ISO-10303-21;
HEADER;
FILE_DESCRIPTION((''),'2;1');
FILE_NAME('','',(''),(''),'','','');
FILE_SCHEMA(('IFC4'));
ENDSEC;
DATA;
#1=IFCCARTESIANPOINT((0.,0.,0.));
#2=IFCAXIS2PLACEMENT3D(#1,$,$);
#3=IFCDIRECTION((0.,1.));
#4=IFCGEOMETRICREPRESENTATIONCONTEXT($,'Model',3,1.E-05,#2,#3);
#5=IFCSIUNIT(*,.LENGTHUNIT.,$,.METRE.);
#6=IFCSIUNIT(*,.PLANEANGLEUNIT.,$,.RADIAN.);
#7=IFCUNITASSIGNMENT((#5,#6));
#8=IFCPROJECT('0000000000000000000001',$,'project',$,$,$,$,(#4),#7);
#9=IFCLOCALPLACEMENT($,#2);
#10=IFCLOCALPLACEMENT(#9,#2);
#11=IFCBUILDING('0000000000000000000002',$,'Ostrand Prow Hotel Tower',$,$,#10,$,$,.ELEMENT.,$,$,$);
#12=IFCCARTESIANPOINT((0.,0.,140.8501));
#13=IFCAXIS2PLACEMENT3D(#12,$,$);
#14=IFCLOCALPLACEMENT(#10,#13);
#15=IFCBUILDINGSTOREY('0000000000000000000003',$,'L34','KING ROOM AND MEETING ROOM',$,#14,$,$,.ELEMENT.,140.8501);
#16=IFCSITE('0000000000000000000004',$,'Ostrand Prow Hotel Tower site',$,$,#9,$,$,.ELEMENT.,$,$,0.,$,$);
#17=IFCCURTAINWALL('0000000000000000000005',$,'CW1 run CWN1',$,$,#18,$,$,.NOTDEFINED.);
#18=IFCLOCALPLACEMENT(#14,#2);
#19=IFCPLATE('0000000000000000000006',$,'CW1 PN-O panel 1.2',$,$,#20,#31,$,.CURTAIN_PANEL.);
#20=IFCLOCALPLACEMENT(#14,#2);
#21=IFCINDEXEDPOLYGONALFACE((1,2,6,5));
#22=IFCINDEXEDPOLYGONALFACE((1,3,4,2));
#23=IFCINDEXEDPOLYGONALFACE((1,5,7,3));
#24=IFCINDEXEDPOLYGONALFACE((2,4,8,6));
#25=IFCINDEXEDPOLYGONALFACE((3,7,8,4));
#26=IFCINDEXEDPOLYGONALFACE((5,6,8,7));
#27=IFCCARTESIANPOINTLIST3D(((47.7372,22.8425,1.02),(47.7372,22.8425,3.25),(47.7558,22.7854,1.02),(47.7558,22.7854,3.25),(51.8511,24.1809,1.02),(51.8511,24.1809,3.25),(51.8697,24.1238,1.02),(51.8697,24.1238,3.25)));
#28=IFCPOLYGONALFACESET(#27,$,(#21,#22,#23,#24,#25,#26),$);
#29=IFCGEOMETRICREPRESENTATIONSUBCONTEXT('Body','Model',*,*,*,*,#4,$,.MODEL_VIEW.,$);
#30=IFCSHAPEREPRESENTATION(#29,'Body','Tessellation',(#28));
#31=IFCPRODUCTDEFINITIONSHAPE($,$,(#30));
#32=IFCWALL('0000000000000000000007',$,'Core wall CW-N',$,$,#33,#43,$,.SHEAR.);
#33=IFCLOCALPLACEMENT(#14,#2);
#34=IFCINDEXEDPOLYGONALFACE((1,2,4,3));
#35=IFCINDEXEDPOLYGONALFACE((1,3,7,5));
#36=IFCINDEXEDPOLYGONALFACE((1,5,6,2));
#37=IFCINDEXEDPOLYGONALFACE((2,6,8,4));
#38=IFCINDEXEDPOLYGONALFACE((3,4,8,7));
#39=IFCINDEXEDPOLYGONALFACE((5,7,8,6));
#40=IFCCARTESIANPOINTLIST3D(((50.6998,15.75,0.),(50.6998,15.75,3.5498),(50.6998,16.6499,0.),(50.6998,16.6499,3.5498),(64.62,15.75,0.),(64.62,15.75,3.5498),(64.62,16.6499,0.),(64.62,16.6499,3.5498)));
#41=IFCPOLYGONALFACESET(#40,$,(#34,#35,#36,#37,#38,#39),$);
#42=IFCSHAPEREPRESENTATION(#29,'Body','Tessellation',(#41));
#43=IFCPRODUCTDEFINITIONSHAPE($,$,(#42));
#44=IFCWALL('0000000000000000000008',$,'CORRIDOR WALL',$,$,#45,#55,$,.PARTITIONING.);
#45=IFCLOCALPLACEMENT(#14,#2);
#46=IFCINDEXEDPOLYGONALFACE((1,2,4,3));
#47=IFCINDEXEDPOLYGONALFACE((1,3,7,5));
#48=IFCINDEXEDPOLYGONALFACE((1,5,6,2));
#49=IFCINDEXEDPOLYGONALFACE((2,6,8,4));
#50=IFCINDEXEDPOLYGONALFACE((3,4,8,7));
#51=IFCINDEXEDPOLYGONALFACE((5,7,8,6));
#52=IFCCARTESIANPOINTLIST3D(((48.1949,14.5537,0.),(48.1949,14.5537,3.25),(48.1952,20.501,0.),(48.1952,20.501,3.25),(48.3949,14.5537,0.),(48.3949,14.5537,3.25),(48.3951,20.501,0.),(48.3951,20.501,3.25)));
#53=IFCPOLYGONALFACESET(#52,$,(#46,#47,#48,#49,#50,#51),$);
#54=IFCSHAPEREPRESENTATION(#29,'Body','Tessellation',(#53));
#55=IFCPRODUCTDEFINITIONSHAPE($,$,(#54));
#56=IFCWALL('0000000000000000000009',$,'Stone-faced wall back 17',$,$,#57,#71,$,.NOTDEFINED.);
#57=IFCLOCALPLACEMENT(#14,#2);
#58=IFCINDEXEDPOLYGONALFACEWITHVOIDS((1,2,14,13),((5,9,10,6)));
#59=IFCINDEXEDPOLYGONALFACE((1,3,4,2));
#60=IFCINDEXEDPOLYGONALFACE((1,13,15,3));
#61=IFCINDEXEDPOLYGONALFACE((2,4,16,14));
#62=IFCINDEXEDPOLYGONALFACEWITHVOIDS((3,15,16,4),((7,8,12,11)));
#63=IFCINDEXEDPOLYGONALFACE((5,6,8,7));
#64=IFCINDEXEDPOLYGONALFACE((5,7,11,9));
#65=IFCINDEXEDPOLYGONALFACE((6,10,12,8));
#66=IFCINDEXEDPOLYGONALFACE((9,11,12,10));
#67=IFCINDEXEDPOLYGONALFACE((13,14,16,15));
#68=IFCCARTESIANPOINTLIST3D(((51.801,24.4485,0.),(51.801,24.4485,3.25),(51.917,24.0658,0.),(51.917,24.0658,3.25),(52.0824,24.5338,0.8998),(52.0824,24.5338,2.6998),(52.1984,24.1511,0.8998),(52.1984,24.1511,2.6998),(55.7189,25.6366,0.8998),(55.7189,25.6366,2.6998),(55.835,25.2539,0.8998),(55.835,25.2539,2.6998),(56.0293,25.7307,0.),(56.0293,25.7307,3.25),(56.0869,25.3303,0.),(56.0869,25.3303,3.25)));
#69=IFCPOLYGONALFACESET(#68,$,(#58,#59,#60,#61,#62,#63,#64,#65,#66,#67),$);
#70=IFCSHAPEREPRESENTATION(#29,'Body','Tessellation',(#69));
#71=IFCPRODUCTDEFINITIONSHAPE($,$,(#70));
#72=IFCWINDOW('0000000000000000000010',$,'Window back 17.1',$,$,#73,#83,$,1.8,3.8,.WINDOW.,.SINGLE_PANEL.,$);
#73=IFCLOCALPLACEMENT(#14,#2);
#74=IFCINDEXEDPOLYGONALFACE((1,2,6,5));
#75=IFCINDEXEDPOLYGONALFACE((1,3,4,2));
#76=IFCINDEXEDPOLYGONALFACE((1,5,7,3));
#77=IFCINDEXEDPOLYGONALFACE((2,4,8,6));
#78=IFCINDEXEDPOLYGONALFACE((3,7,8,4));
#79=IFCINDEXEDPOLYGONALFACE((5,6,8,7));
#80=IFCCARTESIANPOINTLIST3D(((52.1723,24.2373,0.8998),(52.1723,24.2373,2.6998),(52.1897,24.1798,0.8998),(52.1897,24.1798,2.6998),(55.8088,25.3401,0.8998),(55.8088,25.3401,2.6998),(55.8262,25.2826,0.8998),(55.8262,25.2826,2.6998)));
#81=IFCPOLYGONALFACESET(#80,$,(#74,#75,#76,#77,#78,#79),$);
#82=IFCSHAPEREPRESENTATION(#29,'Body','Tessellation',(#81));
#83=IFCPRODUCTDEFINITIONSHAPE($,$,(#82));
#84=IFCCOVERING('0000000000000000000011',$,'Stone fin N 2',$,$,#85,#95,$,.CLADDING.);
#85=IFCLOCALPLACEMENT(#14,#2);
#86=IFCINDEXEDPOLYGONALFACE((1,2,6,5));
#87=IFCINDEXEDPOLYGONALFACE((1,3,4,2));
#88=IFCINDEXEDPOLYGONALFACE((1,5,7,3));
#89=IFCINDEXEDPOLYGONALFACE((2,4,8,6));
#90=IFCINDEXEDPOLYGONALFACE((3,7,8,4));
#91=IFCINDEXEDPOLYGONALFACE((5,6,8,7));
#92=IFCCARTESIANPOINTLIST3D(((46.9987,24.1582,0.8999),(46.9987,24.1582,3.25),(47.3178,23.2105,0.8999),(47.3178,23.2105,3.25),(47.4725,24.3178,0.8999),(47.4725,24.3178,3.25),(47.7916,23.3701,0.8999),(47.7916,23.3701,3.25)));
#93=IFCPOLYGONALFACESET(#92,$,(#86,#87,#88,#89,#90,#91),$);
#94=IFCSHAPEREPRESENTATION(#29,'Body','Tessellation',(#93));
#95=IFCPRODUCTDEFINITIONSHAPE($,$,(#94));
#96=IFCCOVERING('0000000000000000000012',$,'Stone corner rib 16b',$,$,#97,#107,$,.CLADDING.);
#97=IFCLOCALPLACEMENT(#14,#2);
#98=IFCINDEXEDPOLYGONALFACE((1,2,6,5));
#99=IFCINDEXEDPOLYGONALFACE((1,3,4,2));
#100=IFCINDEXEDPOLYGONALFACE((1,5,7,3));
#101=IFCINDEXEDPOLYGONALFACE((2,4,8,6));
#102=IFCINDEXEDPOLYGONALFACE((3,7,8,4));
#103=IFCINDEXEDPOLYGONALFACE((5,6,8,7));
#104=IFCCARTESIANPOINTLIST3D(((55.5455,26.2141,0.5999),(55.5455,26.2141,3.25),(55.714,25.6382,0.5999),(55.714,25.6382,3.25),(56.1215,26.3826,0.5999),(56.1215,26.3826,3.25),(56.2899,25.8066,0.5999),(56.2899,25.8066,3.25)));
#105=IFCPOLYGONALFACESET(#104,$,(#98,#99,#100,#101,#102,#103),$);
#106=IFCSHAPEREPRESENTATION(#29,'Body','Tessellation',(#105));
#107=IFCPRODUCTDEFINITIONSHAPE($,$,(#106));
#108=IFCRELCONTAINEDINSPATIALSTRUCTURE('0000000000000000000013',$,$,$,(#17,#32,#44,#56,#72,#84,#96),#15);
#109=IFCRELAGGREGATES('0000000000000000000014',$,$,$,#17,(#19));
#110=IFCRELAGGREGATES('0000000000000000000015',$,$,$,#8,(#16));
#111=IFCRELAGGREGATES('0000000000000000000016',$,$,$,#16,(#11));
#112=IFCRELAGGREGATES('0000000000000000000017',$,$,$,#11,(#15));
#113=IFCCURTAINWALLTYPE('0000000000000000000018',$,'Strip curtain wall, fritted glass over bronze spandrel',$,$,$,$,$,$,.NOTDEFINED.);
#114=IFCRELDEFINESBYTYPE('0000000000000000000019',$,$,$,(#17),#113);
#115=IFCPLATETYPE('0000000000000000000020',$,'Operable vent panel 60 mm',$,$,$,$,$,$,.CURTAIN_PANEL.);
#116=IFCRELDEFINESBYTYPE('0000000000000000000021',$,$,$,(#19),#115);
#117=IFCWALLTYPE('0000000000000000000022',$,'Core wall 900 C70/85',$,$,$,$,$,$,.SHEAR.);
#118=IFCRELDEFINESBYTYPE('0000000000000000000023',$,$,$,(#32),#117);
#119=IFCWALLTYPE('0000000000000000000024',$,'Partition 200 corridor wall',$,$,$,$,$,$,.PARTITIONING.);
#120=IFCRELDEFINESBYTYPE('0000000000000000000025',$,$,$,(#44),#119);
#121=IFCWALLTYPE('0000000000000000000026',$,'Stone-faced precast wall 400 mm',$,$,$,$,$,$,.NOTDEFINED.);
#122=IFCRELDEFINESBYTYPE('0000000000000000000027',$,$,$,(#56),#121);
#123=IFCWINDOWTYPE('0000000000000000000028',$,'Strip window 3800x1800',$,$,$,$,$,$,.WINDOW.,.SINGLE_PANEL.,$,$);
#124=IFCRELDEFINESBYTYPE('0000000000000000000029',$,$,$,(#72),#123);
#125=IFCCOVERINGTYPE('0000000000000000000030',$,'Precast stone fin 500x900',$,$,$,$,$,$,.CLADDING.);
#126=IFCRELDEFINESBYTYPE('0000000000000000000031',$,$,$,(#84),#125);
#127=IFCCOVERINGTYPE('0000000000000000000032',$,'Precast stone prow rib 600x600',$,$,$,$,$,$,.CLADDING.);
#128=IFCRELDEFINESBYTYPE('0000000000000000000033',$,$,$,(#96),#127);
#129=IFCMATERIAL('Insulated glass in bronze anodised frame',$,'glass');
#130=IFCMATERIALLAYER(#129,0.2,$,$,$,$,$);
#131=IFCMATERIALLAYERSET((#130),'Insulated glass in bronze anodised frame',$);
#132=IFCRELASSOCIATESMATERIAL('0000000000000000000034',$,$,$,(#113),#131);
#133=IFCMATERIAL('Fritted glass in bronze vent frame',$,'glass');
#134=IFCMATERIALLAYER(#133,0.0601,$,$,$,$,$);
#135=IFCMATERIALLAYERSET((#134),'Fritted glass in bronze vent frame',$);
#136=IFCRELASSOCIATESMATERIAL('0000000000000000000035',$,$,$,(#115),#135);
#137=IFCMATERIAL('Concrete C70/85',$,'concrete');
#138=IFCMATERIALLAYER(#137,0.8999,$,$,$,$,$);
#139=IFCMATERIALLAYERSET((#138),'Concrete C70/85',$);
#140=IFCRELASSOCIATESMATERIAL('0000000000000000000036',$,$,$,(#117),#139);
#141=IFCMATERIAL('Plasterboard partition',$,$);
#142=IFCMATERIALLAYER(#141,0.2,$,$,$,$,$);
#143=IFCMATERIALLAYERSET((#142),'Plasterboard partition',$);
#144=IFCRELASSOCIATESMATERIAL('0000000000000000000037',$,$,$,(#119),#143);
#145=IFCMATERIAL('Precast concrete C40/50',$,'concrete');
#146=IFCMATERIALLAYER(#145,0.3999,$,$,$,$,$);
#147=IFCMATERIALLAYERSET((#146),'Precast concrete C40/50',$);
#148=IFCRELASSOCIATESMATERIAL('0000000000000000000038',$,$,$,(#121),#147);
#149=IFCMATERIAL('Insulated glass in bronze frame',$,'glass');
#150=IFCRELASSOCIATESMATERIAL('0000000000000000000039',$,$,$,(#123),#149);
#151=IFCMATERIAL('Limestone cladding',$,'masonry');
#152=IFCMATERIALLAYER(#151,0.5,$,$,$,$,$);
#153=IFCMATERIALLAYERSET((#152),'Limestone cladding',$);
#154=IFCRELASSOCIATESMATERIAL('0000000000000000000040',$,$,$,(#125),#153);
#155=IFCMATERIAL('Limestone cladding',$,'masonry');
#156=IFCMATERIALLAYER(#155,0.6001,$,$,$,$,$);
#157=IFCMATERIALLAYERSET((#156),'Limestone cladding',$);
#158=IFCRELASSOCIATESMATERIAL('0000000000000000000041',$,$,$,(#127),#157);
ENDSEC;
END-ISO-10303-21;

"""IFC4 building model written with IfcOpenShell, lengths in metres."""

from ifc_helpers import new_model, si_unit, direction, frame, frame_2d, origin, origin_2d, place, context, subcontext, project, spatial, polyline, rectangle, outline, extrude, material, layer, layer_set, type_object, element, fill, aggregate, save


model = new_model("IFC4")

# Units and contexts
model_context = context("Model", 3, precision=1e-05, world=origin(), true_north=direction((0.0, 1.0)))
body_context = subcontext(model_context, "Body", "Model", "MODEL_VIEW")
ifc_project = project(units=[si_unit("LENGTHUNIT", "METRE"), si_unit("PLANEANGLEUNIT", "RADIAN")], contexts=[model_context])

# Site, building, storey
site_placement = place(None, origin())
site = spatial("IfcSite", under=ifc_project, at=site_placement, Name="Ostrand Prow Hotel Tower site", CompositionType="ELEMENT", RefElevation=0.0)
building_placement = place(site_placement, origin())
building = spatial("IfcBuilding", under=site, at=building_placement, Name="Ostrand Prow Hotel Tower", CompositionType="ELEMENT")
storey_placement = place(building_placement, frame((0.0, 0.0, 140.8501)))
storey = spatial("IfcBuildingStorey", under=building, at=storey_placement, Name="L34", Description="KING ROOM AND MEETING ROOM", CompositionType="ELEMENT", Elevation=140.8501)

# Curtain wall
ifc_material_1 = material(Name="Insulated glass in bronze anodised frame", Category="glass")
ifc_layer_1 = layer(ifc_material_1, 0.2)
ifc_layer_set_1 = layer_set([ifc_layer_1], Name="Insulated glass in bronze anodised frame")
curtain_wall_type = type_object("IfcCurtainWallType", Name="Strip curtain wall, fritted glass over bronze spandrel", PredefinedType="NOTDEFINED", material=ifc_layer_set_1)
curtain_wall_1_placement = place(storey_placement, origin())
curtain_wall_1 = element("IfcCurtainWall", 1, at=curtain_wall_1_placement, inside=storey, type_object=curtain_wall_type, Name="CW1 run CWN1", PredefinedType="NOTDEFINED")

# Plate
ifc_material_2 = material(Name="Fritted glass in bronze vent frame", Category="glass")
ifc_layer_2 = layer(ifc_material_2, 0.0601)
ifc_layer_set_2 = layer_set([ifc_layer_2], Name="Fritted glass in bronze vent frame")
plate_type_1 = type_object("IfcPlateType", Name="Operable vent panel 60 mm", PredefinedType="CURTAIN_PANEL", material=ifc_layer_set_2)
plate_1_placement = place(storey_placement, frame((49.8035, 23.4832, 1.02), z_axis=(0.0, 0.0, 1.0), x_axis=(-0.950938, -0.30938, 0.0)))
plate_1 = element("IfcPlate", 2, at=plate_1_placement, type_object=plate_type_1, Name="CW1 PN-O panel 1.2", PredefinedType="CURTAIN_PANEL", context=body_context, shape_type="SweptSolid", body=[
    extrude(rectangle(XDim=4.3262, YDim=0.0601, at=origin_2d()), origin(), (0.0, 0.0, 1.0), 2.23),
])
aggregate(curtain_wall_1, [plate_1])

# Walls
ifc_material_3 = material(Name="Concrete C70/85", Category="concrete")
ifc_layer_3 = layer(ifc_material_3, 0.8999)
ifc_layer_set_3 = layer_set([ifc_layer_3], Name="Concrete C70/85")
wall_type_1 = type_object("IfcWallType", Name="Core wall 900 C70/85", PredefinedType="SHEAR", material=ifc_layer_set_3)
wall_1_placement = place(storey_placement, frame((50.7, 16.2, 0.0), z_axis=(0.0, 0.0, 1.0), x_axis=(1.0, 0.0, 0.0)))
element("IfcWall", 3, at=wall_1_placement, inside=storey, type_object=wall_type_1, Name="Core wall CW-N", PredefinedType="SHEAR", context=body_context, shape_type="SweptSolid", body=[
    extrude(rectangle(XDim=13.9202, YDim=0.8999, at=frame_2d((6.96, 0.0))), origin(), (0.0, 0.0, 1.0), 3.5498),
])
ifc_material_4 = material(Name="Plasterboard partition")
ifc_layer_4 = layer(ifc_material_4, 0.2)
ifc_layer_set_4 = layer_set([ifc_layer_4], Name="Plasterboard partition")
wall_type_2 = type_object("IfcWallType", Name="Partition 200 corridor wall", PredefinedType="PARTITIONING", material=ifc_layer_set_4)
wall_2_placement = place(storey_placement, frame((48.2952, 20.501, 0.0), z_axis=(0.0, 0.0, 1.0), x_axis=(-0.000041, -1.0, 0.0)))
element("IfcWall", 4, at=wall_2_placement, inside=storey, type_object=wall_type_2, Name="CORRIDOR WALL", PredefinedType="PARTITIONING", context=body_context, shape_type="SweptSolid", body=[
    extrude(rectangle(XDim=5.9473, YDim=0.2, at=frame_2d((2.9736, 0.0))), origin(), (0.0, 0.0, 1.0), 3.25),
])

# Wall, opening, window
ifc_material_5 = material(Name="Precast concrete C40/50", Category="concrete")
ifc_layer_5 = layer(ifc_material_5, 0.3999)
ifc_layer_set_5 = layer_set([ifc_layer_5], Name="Precast concrete C40/50")
wall_type_3 = type_object("IfcWallType", Name="Stone-faced precast wall 400 mm", PredefinedType="NOTDEFINED", material=ifc_layer_set_5)
wall_3_placement = place(storey_placement, frame((56.0581, 25.5305, 0.0), z_axis=(0.0, 0.0, 1.0), x_axis=(-0.956964, -0.290205, 0.0)))
wall_3 = element("IfcWall", 5, at=wall_3_placement, inside=storey, type_object=wall_type_3, Name="Stone-faced wall back 17", PredefinedType="NOTDEFINED", context=body_context, shape_type="SweptSolid", body=[
    extrude(outline(polyline([(-0.0305, -0.2), (4.3879, -0.2), (4.3879, 0.2), (0.0305, 0.2), (-0.0305, -0.2)])), origin(), (0.0, 0.0, 1.0), 3.25),
])
opening_placement = place(wall_3_placement, frame((0.2939, 0.0, 0.8999)))
opening = element("IfcOpeningElement", 6, at=opening_placement, cuts=wall_3, PredefinedType="OPENING", context=body_context, shape_type="SweptSolid", body=[
    extrude(rectangle(XDim=3.8, YDim=1.8, at=frame_2d((1.8999, 0.8999))), frame((0.0, 0.21, 0.0), z_axis=(0.0, -1.0, 0.0), x_axis=(1.0, 0.0, 0.0)), (0.0, 0.0, 1.0), 0.4199),
])
ifc_material_6 = material(Name="Insulated glass in bronze frame", Category="glass")
window_type = type_object("IfcWindowType", Name="Strip window 3800x1800", PartitioningType="SINGLE_PANEL", PredefinedType="WINDOW", material=ifc_material_6)
window_placement = place(opening_placement, origin())
window = element("IfcWindow", 7, at=window_placement, inside=storey, type_object=window_type, Name="Window back 17.1", OverallHeight=1.8, OverallWidth=3.8, PartitioningType="SINGLE_PANEL", PredefinedType="WINDOW", context=body_context, shape_type="SweptSolid", body=[
    extrude(rectangle(XDim=3.8, YDim=1.8, at=frame_2d((1.8999, 0.8999))), frame((0.0, 0.1699, 0.0), z_axis=(0.0, -1.0, 0.0), x_axis=(1.0, 0.0, 0.0)), (0.0, 0.0, 1.0), 0.0601),
])
fill(opening, window)

# Coverings
ifc_material_7 = material(Name="Limestone cladding", Category="masonry")
ifc_layer_6 = layer(ifc_material_7, 0.5)
ifc_layer_set_6 = layer_set([ifc_layer_6], Name="Limestone cladding")
covering_type_1 = type_object("IfcCoveringType", Name="Precast stone fin 500x900", PredefinedType="CLADDING", material=ifc_layer_set_6)
covering_1_placement = place(storey_placement, frame((47.5547, 23.2903, 0.8999), z_axis=(0.0, 0.0, 1.0), x_axis=(-0.319083, 0.947727, 0.0)))
element("IfcCovering", 8, at=covering_1_placement, inside=storey, type_object=covering_type_1, Name="Stone fin N 2", PredefinedType="CLADDING", context=body_context, shape_type="SweptSolid", body=[
    extrude(rectangle(XDim=1.0, YDim=0.5, at=frame_2d((0.5, 0.0))), origin(), (0.0, 0.0, 1.0), 2.3501),
])
ifc_material_8 = material(Name="Limestone cladding", Category="masonry")
ifc_layer_7 = layer(ifc_material_8, 0.6001)
ifc_layer_set_7 = layer_set([ifc_layer_7], Name="Limestone cladding")
covering_type_2 = type_object("IfcCoveringType", Name="Precast stone prow rib 600x600", PredefinedType="CLADDING", material=ifc_layer_set_7)
covering_2_placement = place(storey_placement, frame((56.002, 25.7224, 0.5999), z_axis=(0.0, 0.0, 1.0), x_axis=(-0.280734, 0.959786, 0.0)))
element("IfcCovering", 9, at=covering_2_placement, inside=storey, type_object=covering_type_2, Name="Stone corner rib 16b", PredefinedType="CLADDING", context=body_context, shape_type="SweptSolid", body=[
    extrude(rectangle(XDim=0.6001, YDim=0.6001, at=frame_2d((0.3, 0.0))), origin(), (0.0, 0.0, 1.0), 2.6501),
])

save(model, "model.ifc")
